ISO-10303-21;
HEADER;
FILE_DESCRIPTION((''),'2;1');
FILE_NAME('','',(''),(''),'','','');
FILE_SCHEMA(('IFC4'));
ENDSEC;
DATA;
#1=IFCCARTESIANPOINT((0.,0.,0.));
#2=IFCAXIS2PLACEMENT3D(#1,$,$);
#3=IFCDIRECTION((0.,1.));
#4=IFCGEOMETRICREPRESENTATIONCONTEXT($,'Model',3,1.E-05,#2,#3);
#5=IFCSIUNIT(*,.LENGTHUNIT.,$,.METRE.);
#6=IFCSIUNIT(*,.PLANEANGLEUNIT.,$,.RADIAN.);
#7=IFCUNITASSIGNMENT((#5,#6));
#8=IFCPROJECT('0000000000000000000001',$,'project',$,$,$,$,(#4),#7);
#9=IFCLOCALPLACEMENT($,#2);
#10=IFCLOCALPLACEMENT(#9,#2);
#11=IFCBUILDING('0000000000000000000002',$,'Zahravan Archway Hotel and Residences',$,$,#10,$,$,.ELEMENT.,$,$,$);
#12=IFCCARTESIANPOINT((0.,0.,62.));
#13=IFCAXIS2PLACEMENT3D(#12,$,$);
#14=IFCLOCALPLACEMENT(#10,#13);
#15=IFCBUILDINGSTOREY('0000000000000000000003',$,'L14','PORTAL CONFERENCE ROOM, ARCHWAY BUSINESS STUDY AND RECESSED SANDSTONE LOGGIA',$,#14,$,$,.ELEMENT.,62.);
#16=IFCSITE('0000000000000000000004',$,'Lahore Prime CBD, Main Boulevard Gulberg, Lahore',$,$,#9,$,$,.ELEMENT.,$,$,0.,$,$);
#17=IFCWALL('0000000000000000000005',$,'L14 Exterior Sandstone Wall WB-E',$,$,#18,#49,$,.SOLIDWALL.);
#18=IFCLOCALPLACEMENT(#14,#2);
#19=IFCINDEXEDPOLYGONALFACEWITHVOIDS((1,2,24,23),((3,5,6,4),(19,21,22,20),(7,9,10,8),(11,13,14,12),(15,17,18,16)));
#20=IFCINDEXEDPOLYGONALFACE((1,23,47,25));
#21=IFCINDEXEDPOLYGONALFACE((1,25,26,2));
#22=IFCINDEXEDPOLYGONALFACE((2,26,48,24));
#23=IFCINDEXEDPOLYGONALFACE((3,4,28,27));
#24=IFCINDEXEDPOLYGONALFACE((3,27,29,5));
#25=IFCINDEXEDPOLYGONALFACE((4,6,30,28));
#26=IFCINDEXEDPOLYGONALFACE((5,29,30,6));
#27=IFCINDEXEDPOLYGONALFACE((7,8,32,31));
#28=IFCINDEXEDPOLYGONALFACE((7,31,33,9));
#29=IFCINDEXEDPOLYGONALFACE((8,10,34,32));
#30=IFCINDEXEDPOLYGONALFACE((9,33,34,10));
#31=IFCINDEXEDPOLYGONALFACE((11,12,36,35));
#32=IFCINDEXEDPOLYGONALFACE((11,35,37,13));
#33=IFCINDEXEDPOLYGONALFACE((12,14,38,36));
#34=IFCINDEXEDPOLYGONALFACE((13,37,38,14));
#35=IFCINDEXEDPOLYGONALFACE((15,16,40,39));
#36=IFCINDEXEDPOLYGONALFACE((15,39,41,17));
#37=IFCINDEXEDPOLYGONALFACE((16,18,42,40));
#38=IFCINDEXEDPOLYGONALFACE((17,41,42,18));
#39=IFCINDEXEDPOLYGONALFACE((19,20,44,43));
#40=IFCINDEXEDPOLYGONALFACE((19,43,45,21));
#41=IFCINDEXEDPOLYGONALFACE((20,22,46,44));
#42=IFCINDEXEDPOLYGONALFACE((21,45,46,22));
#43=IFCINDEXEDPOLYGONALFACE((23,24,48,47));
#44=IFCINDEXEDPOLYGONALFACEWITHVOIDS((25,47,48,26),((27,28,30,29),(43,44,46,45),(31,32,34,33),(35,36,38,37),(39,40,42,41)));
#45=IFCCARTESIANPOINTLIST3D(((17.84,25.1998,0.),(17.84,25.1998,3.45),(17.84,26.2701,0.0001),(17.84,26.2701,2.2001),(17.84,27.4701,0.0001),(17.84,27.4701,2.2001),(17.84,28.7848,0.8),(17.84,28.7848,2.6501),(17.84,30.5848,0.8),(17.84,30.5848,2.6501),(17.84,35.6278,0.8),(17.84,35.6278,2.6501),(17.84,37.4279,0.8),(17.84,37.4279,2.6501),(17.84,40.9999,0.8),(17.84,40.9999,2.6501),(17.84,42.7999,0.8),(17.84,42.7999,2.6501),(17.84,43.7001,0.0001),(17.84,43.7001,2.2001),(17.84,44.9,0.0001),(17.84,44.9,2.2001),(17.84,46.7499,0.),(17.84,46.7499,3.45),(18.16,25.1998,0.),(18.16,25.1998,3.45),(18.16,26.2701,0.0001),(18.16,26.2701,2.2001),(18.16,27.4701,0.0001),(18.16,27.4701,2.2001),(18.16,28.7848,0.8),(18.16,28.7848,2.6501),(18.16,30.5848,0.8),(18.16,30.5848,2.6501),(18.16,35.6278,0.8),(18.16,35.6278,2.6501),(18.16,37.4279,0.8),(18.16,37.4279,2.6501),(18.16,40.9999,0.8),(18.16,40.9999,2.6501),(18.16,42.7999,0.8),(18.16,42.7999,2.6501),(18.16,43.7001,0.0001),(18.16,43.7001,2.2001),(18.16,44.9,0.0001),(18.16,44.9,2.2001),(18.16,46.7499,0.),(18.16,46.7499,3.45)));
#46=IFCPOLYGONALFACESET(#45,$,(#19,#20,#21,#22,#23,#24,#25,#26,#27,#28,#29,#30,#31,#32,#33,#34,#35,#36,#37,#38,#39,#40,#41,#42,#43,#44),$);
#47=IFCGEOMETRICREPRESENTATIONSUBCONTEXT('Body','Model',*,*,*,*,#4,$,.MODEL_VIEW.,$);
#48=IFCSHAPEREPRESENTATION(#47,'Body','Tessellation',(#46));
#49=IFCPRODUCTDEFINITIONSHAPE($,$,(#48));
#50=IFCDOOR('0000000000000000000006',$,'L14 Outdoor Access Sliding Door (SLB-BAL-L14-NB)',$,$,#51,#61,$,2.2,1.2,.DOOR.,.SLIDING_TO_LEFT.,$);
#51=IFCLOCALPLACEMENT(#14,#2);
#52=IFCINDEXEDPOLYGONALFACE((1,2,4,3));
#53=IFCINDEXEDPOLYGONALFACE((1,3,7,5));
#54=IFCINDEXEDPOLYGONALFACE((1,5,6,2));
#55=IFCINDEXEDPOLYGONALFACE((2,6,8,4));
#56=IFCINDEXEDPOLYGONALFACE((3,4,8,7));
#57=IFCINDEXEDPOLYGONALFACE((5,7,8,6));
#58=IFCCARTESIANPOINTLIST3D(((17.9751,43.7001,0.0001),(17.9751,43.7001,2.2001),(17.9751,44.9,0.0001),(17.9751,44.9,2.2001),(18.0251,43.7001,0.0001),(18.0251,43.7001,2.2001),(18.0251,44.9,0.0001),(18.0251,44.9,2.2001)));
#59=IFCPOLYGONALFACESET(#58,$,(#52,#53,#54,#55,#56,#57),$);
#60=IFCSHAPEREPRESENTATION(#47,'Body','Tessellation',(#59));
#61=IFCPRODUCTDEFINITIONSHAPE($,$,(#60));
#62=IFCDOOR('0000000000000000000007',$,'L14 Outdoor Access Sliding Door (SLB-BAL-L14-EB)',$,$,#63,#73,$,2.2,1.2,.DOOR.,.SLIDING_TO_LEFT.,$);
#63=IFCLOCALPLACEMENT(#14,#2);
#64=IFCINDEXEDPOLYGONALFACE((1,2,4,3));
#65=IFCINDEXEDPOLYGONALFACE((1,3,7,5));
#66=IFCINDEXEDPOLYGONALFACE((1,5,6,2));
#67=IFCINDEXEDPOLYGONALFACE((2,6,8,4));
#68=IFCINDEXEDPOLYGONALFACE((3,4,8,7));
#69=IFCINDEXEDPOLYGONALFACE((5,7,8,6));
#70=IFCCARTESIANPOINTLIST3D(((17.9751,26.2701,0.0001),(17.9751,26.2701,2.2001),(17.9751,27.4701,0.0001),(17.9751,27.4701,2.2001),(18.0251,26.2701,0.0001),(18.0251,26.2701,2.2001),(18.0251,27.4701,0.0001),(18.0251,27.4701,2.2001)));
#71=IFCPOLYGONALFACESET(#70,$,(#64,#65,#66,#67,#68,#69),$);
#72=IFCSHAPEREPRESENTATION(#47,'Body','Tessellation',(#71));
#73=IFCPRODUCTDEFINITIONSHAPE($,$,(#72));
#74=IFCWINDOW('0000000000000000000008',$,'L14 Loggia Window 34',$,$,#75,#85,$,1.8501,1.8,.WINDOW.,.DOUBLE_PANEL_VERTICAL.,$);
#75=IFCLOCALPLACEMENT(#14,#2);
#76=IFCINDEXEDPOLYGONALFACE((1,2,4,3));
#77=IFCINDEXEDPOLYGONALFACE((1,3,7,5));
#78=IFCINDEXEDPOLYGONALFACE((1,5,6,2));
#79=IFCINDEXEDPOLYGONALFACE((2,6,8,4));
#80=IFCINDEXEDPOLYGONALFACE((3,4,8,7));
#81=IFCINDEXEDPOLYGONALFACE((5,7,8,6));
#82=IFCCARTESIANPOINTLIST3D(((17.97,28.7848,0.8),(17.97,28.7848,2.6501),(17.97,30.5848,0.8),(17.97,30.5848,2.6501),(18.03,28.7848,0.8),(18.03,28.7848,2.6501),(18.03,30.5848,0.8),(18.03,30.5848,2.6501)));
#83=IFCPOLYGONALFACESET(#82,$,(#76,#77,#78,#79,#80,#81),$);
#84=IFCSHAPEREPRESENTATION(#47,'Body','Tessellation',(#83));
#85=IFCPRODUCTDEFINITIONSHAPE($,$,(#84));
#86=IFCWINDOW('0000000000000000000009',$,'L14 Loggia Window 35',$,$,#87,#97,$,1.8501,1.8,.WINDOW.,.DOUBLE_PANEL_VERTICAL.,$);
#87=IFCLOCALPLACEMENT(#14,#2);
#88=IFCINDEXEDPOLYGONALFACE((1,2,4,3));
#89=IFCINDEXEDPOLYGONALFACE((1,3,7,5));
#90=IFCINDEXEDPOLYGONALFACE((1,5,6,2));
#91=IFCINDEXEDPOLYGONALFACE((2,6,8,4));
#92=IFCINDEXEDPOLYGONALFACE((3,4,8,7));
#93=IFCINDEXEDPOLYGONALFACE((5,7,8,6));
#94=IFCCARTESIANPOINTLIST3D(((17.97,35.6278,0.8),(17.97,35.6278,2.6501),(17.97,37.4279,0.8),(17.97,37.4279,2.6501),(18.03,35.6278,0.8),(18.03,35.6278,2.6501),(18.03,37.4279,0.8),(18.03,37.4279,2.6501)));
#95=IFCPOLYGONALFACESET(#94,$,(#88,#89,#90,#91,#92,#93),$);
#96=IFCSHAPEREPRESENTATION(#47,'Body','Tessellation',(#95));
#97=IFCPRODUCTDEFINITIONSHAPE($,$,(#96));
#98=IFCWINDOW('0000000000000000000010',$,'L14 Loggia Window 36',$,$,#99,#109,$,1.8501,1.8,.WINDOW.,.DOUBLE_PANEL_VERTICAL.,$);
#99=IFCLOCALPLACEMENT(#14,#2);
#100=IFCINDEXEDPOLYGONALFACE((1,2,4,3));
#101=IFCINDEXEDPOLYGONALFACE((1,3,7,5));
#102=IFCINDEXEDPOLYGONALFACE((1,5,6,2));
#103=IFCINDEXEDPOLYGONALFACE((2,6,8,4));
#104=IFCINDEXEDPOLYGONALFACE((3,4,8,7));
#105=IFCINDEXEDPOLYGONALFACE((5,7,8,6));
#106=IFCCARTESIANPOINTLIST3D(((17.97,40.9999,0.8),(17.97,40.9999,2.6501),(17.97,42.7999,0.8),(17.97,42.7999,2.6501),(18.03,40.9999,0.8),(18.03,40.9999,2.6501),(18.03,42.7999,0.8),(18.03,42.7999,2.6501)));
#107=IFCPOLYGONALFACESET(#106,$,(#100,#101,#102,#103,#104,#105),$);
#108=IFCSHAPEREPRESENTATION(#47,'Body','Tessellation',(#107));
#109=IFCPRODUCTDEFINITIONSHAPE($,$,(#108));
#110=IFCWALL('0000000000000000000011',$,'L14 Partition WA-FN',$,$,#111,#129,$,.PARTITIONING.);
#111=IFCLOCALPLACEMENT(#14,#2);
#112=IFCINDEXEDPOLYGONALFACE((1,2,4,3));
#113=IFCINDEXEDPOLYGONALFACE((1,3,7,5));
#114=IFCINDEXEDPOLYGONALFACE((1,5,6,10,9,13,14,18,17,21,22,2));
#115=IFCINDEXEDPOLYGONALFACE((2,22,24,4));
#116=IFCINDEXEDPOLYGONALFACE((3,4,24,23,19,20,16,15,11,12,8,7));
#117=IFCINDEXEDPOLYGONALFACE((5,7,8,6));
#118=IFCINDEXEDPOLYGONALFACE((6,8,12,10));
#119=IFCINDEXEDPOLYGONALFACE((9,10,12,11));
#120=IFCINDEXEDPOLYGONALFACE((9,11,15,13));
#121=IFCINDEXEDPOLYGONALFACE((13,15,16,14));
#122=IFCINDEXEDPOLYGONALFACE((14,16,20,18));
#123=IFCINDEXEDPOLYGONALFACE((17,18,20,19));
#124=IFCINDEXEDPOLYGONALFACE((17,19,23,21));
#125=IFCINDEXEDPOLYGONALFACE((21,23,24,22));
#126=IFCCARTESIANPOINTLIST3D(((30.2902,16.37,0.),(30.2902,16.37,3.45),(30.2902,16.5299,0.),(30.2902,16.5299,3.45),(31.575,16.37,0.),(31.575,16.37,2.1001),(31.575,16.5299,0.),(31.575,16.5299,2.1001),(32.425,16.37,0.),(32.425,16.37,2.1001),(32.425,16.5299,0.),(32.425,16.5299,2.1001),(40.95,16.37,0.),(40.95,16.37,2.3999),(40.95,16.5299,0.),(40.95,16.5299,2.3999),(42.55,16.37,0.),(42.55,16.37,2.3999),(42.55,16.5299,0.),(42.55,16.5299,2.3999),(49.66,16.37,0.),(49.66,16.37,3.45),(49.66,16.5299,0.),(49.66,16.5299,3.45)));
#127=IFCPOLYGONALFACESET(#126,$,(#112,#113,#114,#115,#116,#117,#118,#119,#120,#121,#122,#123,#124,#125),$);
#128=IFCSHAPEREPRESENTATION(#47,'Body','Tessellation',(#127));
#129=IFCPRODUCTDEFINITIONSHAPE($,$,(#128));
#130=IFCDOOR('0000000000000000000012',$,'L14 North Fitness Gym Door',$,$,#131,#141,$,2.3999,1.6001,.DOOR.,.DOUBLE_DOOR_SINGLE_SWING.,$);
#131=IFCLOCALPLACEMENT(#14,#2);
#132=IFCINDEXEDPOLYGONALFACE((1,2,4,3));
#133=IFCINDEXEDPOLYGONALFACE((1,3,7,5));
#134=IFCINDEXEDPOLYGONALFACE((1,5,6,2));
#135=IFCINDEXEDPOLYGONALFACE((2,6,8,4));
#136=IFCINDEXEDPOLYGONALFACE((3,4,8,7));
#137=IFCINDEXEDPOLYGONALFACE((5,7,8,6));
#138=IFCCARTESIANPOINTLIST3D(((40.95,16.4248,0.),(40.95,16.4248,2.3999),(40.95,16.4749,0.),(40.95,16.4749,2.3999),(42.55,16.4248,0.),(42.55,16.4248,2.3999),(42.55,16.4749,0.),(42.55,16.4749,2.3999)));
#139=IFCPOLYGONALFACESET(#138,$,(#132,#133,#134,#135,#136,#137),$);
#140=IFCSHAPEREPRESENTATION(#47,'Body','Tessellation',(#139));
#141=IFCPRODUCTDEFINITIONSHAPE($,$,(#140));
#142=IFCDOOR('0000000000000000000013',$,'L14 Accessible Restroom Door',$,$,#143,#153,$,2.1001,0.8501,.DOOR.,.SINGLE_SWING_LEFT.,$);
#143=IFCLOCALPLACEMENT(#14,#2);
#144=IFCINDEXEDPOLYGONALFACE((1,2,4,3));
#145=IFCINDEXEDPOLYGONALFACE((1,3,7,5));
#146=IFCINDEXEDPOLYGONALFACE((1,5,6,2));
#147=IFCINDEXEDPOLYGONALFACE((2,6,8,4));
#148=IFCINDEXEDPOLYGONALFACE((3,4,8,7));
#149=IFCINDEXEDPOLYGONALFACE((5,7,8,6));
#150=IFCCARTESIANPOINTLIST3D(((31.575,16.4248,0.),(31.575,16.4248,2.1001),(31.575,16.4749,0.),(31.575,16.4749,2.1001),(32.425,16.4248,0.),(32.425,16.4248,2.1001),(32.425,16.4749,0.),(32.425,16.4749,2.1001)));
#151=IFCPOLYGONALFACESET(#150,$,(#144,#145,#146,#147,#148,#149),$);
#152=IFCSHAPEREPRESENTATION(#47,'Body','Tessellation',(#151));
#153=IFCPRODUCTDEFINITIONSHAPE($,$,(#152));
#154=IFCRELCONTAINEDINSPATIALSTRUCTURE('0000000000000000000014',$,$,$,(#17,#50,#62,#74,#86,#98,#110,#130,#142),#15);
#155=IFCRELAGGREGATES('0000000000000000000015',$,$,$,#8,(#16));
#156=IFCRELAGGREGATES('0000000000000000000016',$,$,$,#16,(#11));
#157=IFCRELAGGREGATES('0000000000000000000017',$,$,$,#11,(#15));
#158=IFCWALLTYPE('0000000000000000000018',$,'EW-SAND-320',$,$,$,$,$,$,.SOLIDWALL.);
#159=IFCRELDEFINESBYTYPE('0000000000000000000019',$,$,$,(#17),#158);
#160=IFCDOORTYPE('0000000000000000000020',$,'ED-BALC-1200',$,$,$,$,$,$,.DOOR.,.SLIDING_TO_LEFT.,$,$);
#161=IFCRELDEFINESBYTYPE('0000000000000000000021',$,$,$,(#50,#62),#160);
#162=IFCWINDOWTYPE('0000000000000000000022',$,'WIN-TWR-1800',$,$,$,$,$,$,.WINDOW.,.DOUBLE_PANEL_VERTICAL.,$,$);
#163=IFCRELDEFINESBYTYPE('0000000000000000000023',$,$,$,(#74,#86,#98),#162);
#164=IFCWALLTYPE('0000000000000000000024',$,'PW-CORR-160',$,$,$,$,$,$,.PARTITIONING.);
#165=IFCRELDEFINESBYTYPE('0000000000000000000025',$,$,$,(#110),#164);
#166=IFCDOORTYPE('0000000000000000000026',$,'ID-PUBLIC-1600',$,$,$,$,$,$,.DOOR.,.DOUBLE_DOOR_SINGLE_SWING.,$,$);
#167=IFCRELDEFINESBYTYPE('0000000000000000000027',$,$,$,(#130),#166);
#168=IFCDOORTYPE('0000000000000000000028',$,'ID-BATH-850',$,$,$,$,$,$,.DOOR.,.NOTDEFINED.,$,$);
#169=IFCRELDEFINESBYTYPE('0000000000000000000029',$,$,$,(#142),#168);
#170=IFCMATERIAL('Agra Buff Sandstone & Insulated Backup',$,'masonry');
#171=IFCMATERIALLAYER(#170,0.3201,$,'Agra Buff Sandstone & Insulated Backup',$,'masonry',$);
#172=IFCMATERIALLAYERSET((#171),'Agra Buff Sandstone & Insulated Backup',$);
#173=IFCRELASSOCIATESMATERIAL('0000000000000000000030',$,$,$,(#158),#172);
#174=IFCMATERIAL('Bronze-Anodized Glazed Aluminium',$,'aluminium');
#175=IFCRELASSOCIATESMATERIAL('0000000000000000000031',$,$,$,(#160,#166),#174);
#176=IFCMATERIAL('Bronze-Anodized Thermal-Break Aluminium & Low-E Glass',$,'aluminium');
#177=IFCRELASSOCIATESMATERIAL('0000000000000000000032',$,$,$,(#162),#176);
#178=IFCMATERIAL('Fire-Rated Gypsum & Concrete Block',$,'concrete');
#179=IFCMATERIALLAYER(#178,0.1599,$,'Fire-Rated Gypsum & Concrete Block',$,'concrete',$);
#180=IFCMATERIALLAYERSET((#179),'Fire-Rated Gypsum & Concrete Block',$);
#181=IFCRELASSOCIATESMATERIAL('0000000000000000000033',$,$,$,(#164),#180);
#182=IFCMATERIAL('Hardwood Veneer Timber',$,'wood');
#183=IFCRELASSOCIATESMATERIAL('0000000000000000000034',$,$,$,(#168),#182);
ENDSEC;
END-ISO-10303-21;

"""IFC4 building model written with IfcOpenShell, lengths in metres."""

from ifc_helpers import new_model, si_unit, direction, frame, frame_2d, origin, place, context, subcontext, project, spatial, rectangle, extrude, source, transform, mapped, material, layer, layer_set, type_object, type_shapes, element, fill, save


model = new_model("IFC4")

# Units and contexts
model_context = context("Model", 3, precision=1e-05, world=origin(), true_north=direction((0.0, 1.0)))
body_context = subcontext(model_context, "Body", "Model", "MODEL_VIEW")
ifc_project = project(units=[si_unit("LENGTHUNIT", "METRE"), si_unit("PLANEANGLEUNIT", "RADIAN")], contexts=[model_context])

# Site, building, storey
site_placement = place(None, origin())
site = spatial("IfcSite", under=ifc_project, at=site_placement, Name="Lahore Prime CBD, Main Boulevard Gulberg, Lahore", CompositionType="ELEMENT", RefElevation=0.0)
building_placement = place(site_placement, origin())
building = spatial("IfcBuilding", under=site, at=building_placement, Name="Zahravan Archway Hotel and Residences", CompositionType="ELEMENT")
storey_placement = place(building_placement, frame((0.0, 0.0, 62.0)))
storey = spatial("IfcBuildingStorey", under=building, at=storey_placement, Name="L14", Description="PORTAL CONFERENCE ROOM, ARCHWAY BUSINESS STUDY AND RECESSED SANDSTONE LOGGIA", CompositionType="ELEMENT", Elevation=62.0)

# Wall, openings, doors, windows
ifc_material_1 = material(Name="Agra Buff Sandstone & Insulated Backup", Category="masonry")
ifc_layer_1 = layer(ifc_material_1, 0.3201, Name="Agra Buff Sandstone & Insulated Backup", Category="masonry")
ifc_layer_set_1 = layer_set([ifc_layer_1], Name="Agra Buff Sandstone & Insulated Backup")
wall_type_1 = type_object("IfcWallType", Name="EW-SAND-320", PredefinedType="SOLIDWALL", material=ifc_layer_set_1)
wall_1_placement = place(storey_placement, frame((18.0, 25.2, 0.0), z_axis=(0.0, 0.0, 1.0), x_axis=(0.0, 1.0, 0.0)))
wall_1 = element("IfcWall", 1, at=wall_1_placement, inside=storey, type_object=wall_type_1, Name="L14 Exterior Sandstone Wall WB-E", PredefinedType="SOLIDWALL", context=body_context, shape_type="SweptSolid", body=[
    extrude(rectangle(XDim=21.55, YDim=0.3201, at=frame_2d((10.7749, 0.0))), origin(), (0.0, 0.0, 1.0), 3.45),
])
opening_1_placement = place(wall_1_placement, frame((18.5, 0.0, 0.0)))
opening_1 = element("IfcOpeningElement", 2, at=opening_1_placement, cuts=wall_1, PredefinedType="OPENING", context=body_context, shape_type="SweptSolid", body=[
    extrude(rectangle(XDim=1.2, YDim=2.2, at=frame_2d((0.6001, 1.1001))), frame((0.0, 0.1699, 0.0), z_axis=(0.0, -1.0, 0.0), x_axis=(1.0, 0.0, 0.0)), (0.0, 0.0, 1.0), 0.3401),
])
opening_2_placement = place(wall_1_placement, frame((1.0701, 0.0, 0.0)))
opening_2 = element("IfcOpeningElement", 3, at=opening_2_placement, cuts=wall_1, PredefinedType="OPENING", context=body_context, shape_type="SweptSolid", body=[
    extrude(rectangle(XDim=1.2, YDim=2.2, at=frame_2d((0.6001, 1.1001))), frame((0.0, 0.1699, 0.0), z_axis=(0.0, -1.0, 0.0), x_axis=(1.0, 0.0, 0.0)), (0.0, 0.0, 1.0), 0.3401),
])
opening_3_placement = place(wall_1_placement, frame((3.585, 0.0, 0.8)))
opening_3 = element("IfcOpeningElement", 4, at=opening_3_placement, cuts=wall_1, PredefinedType="OPENING", context=body_context, shape_type="SweptSolid", body=[
    extrude(rectangle(XDim=1.8, YDim=1.8501, at=frame_2d((0.8999, 0.925))), frame((0.0, 0.1699, 0.0), z_axis=(0.0, -1.0, 0.0), x_axis=(1.0, 0.0, 0.0)), (0.0, 0.0, 1.0), 0.3401),
])
opening_4_placement = place(wall_1_placement, frame((10.428, 0.0, 0.8)))
opening_4 = element("IfcOpeningElement", 5, at=opening_4_placement, cuts=wall_1, PredefinedType="OPENING", context=body_context, shape_type="SweptSolid", body=[
    extrude(rectangle(XDim=1.8, YDim=1.8501, at=frame_2d((0.8999, 0.925))), frame((0.0, 0.1699, 0.0), z_axis=(0.0, -1.0, 0.0), x_axis=(1.0, 0.0, 0.0)), (0.0, 0.0, 1.0), 0.3401),
])
opening_5_placement = place(wall_1_placement, frame((15.8, 0.0, 0.8)))
opening_5 = element("IfcOpeningElement", 6, at=opening_5_placement, cuts=wall_1, PredefinedType="OPENING", context=body_context, shape_type="SweptSolid", body=[
    extrude(rectangle(XDim=1.8, YDim=1.8501, at=frame_2d((0.8999, 0.925))), frame((0.0, 0.1699, 0.0), z_axis=(0.0, -1.0, 0.0), x_axis=(1.0, 0.0, 0.0)), (0.0, 0.0, 1.0), 0.3401),
])
ifc_material_2 = material(Name="Bronze-Anodized Glazed Aluminium", Category="aluminium")
door_type_1 = type_object("IfcDoorType", Name="ED-BALC-1200", OperationType="SLIDING_TO_LEFT", PredefinedType="DOOR", material=ifc_material_2)
shared_shape_1 = source(origin(), body_context, "Body", "SweptSolid", [
    extrude(rectangle(XDim=1.2, YDim=2.2, at=frame_2d((0.6001, 1.1001))), frame((0.0, 0.0249, 0.0), z_axis=(0.0, -1.0, 0.0), x_axis=(1.0, 0.0, 0.0)), (0.0, 0.0, 1.0), 0.05),
])
type_shapes(door_type_1, [shared_shape_1])
door_1_placement = place(opening_1_placement, origin())
door_1 = element("IfcDoor", 7, at=door_1_placement, inside=storey, type_object=door_type_1, Name="L14 Outdoor Access Sliding Door (SLB-BAL-L14-NB)", OperationType="SLIDING_TO_LEFT", OverallHeight=2.2, OverallWidth=1.2, PredefinedType="DOOR", context=body_context, shape_type="MappedRepresentation", body=[
    mapped(shared_shape_1, transform((0.0, 0.0, 0.0), scale=1.0)),
])
fill(opening_1, door_1)
door_2_placement = place(opening_2_placement, origin())
door_2 = element("IfcDoor", 8, at=door_2_placement, inside=storey, type_object=door_type_1, Name="L14 Outdoor Access Sliding Door (SLB-BAL-L14-EB)", OperationType="SLIDING_TO_LEFT", OverallHeight=2.2, OverallWidth=1.2, PredefinedType="DOOR", context=body_context, shape_type="MappedRepresentation", body=[
    mapped(shared_shape_1, transform((0.0, 0.0, 0.0), scale=1.0)),
])
fill(opening_2, door_2)
ifc_material_3 = material(Name="Bronze-Anodized Thermal-Break Aluminium & Low-E Glass", Category="aluminium")
window_type = type_object("IfcWindowType", Name="WIN-TWR-1800", PartitioningType="DOUBLE_PANEL_VERTICAL", PredefinedType="WINDOW", material=ifc_material_3)
shared_shape_2 = source(origin(), body_context, "Body", "SweptSolid", [
    extrude(rectangle(XDim=1.8, YDim=1.8501, at=frame_2d((0.8999, 0.925))), frame((0.0, 0.03, 0.0), z_axis=(0.0, -1.0, 0.0), x_axis=(1.0, 0.0, 0.0)), (0.0, 0.0, 1.0), 0.0601),
])
type_shapes(window_type, [shared_shape_2])
window_1_placement = place(opening_3_placement, origin())
window_1 = element("IfcWindow", 9, at=window_1_placement, inside=storey, type_object=window_type, Name="L14 Loggia Window 34", OverallHeight=1.8501, OverallWidth=1.8, PartitioningType="DOUBLE_PANEL_VERTICAL", PredefinedType="WINDOW", context=body_context, shape_type="MappedRepresentation", body=[
    mapped(shared_shape_2, transform((0.0, 0.0, 0.0), scale=1.0)),
])
fill(opening_3, window_1)
window_2_placement = place(opening_4_placement, origin())
window_2 = element("IfcWindow", 10, at=window_2_placement, inside=storey, type_object=window_type, Name="L14 Loggia Window 35", OverallHeight=1.8501, OverallWidth=1.8, PartitioningType="DOUBLE_PANEL_VERTICAL", PredefinedType="WINDOW", context=body_context, shape_type="MappedRepresentation", body=[
    mapped(shared_shape_2, transform((0.0, 0.0, 0.0), scale=1.0)),
])
fill(opening_4, window_2)
window_3_placement = place(opening_5_placement, origin())
window_3 = element("IfcWindow", 11, at=window_3_placement, inside=storey, type_object=window_type, Name="L14 Loggia Window 36", OverallHeight=1.8501, OverallWidth=1.8, PartitioningType="DOUBLE_PANEL_VERTICAL", PredefinedType="WINDOW", context=body_context, shape_type="MappedRepresentation", body=[
    mapped(shared_shape_2, transform((0.0, 0.0, 0.0), scale=1.0)),
])
fill(opening_5, window_3)

# Wall, openings, doors
ifc_material_4 = material(Name="Fire-Rated Gypsum & Concrete Block", Category="concrete")
ifc_layer_2 = layer(ifc_material_4, 0.1599, Name="Fire-Rated Gypsum & Concrete Block", Category="concrete")
ifc_layer_set_2 = layer_set([ifc_layer_2], Name="Fire-Rated Gypsum & Concrete Block")
wall_type_2 = type_object("IfcWallType", Name="PW-CORR-160", PredefinedType="PARTITIONING", material=ifc_layer_set_2)
wall_2_placement = place(storey_placement, frame((30.29, 16.45, 0.0), z_axis=(0.0, 0.0, 1.0), x_axis=(1.0, 0.0, 0.0)))
wall_2 = element("IfcWall", 12, at=wall_2_placement, inside=storey, type_object=wall_type_2, Name="L14 Partition WA-FN", PredefinedType="PARTITIONING", context=body_context, shape_type="SweptSolid", body=[
    extrude(rectangle(XDim=19.3699, YDim=0.1599, at=frame_2d((9.6851, 0.0))), origin(), (0.0, 0.0, 1.0), 3.45),
])
opening_6_placement = place(wall_2_placement, frame((1.2849, 0.0, 0.0)))
opening_6 = element("IfcOpeningElement", 13, at=opening_6_placement, cuts=wall_2, PredefinedType="OPENING", context=body_context, shape_type="SweptSolid", body=[
    extrude(rectangle(XDim=0.8501, YDim=2.1001, at=frame_2d((0.425, 1.05))), frame((0.0, 0.0898, 0.0), z_axis=(0.0, -1.0, 0.0), x_axis=(1.0, 0.0, 0.0)), (0.0, 0.0, 1.0), 0.1799),
])
opening_7_placement = place(wall_2_placement, frame((10.6599, 0.0, 0.0)))
opening_7 = element("IfcOpeningElement", 14, at=opening_7_placement, cuts=wall_2, PredefinedType="OPENING", context=body_context, shape_type="SweptSolid", body=[
    extrude(rectangle(XDim=1.6001, YDim=2.3999, at=frame_2d((0.8, 1.2))), frame((0.0, 0.0898, 0.0), z_axis=(0.0, -1.0, 0.0), x_axis=(1.0, 0.0, 0.0)), (0.0, 0.0, 1.0), 0.1799),
])
door_type_2 = type_object("IfcDoorType", Name="ID-PUBLIC-1600", OperationType="DOUBLE_DOOR_SINGLE_SWING", PredefinedType="DOOR", material=ifc_material_2)
shared_shape_3 = source(origin(), body_context, "Body", "SweptSolid", [
    extrude(rectangle(XDim=1.6001, YDim=2.3999, at=frame_2d((0.8, 1.2))), frame((0.0, 0.0249, 0.0), z_axis=(0.0, -1.0, 0.0), x_axis=(1.0, 0.0, 0.0)), (0.0, 0.0, 1.0), 0.05),
])
type_shapes(door_type_2, [shared_shape_3])
door_3_placement = place(opening_7_placement, origin())
door_3 = element("IfcDoor", 15, at=door_3_placement, inside=storey, type_object=door_type_2, Name="L14 North Fitness Gym Door", OperationType="DOUBLE_DOOR_SINGLE_SWING", OverallHeight=2.3999, OverallWidth=1.6001, PredefinedType="DOOR", context=body_context, shape_type="MappedRepresentation", body=[
    mapped(shared_shape_3, transform((0.0, 0.0, 0.0), scale=1.0)),
])
fill(opening_7, door_3)
ifc_material_5 = material(Name="Hardwood Veneer Timber", Category="wood")
door_type_3 = type_object("IfcDoorType", Name="ID-BATH-850", OperationType="NOTDEFINED", PredefinedType="DOOR", material=ifc_material_5)
shared_shape_4 = source(origin(), body_context, "Body", "SweptSolid", [
    extrude(rectangle(XDim=0.8501, YDim=2.1001, at=frame_2d((0.425, 1.05))), frame((0.0, 0.0249, 0.0), z_axis=(0.0, -1.0, 0.0), x_axis=(1.0, 0.0, 0.0)), (0.0, 0.0, 1.0), 0.05),
])
type_shapes(door_type_3, [shared_shape_4])
door_4_placement = place(opening_6_placement, origin())
door_4 = element("IfcDoor", 16, at=door_4_placement, inside=storey, type_object=door_type_3, Name="L14 Accessible Restroom Door", OperationType="SINGLE_SWING_LEFT", OverallHeight=2.1001, OverallWidth=0.8501, PredefinedType="DOOR", context=body_context, shape_type="MappedRepresentation", body=[
    mapped(shared_shape_4, transform((0.0, 0.0, 0.0), scale=1.0)),
])
fill(opening_6, door_4)

save(model, "model.ifc")
